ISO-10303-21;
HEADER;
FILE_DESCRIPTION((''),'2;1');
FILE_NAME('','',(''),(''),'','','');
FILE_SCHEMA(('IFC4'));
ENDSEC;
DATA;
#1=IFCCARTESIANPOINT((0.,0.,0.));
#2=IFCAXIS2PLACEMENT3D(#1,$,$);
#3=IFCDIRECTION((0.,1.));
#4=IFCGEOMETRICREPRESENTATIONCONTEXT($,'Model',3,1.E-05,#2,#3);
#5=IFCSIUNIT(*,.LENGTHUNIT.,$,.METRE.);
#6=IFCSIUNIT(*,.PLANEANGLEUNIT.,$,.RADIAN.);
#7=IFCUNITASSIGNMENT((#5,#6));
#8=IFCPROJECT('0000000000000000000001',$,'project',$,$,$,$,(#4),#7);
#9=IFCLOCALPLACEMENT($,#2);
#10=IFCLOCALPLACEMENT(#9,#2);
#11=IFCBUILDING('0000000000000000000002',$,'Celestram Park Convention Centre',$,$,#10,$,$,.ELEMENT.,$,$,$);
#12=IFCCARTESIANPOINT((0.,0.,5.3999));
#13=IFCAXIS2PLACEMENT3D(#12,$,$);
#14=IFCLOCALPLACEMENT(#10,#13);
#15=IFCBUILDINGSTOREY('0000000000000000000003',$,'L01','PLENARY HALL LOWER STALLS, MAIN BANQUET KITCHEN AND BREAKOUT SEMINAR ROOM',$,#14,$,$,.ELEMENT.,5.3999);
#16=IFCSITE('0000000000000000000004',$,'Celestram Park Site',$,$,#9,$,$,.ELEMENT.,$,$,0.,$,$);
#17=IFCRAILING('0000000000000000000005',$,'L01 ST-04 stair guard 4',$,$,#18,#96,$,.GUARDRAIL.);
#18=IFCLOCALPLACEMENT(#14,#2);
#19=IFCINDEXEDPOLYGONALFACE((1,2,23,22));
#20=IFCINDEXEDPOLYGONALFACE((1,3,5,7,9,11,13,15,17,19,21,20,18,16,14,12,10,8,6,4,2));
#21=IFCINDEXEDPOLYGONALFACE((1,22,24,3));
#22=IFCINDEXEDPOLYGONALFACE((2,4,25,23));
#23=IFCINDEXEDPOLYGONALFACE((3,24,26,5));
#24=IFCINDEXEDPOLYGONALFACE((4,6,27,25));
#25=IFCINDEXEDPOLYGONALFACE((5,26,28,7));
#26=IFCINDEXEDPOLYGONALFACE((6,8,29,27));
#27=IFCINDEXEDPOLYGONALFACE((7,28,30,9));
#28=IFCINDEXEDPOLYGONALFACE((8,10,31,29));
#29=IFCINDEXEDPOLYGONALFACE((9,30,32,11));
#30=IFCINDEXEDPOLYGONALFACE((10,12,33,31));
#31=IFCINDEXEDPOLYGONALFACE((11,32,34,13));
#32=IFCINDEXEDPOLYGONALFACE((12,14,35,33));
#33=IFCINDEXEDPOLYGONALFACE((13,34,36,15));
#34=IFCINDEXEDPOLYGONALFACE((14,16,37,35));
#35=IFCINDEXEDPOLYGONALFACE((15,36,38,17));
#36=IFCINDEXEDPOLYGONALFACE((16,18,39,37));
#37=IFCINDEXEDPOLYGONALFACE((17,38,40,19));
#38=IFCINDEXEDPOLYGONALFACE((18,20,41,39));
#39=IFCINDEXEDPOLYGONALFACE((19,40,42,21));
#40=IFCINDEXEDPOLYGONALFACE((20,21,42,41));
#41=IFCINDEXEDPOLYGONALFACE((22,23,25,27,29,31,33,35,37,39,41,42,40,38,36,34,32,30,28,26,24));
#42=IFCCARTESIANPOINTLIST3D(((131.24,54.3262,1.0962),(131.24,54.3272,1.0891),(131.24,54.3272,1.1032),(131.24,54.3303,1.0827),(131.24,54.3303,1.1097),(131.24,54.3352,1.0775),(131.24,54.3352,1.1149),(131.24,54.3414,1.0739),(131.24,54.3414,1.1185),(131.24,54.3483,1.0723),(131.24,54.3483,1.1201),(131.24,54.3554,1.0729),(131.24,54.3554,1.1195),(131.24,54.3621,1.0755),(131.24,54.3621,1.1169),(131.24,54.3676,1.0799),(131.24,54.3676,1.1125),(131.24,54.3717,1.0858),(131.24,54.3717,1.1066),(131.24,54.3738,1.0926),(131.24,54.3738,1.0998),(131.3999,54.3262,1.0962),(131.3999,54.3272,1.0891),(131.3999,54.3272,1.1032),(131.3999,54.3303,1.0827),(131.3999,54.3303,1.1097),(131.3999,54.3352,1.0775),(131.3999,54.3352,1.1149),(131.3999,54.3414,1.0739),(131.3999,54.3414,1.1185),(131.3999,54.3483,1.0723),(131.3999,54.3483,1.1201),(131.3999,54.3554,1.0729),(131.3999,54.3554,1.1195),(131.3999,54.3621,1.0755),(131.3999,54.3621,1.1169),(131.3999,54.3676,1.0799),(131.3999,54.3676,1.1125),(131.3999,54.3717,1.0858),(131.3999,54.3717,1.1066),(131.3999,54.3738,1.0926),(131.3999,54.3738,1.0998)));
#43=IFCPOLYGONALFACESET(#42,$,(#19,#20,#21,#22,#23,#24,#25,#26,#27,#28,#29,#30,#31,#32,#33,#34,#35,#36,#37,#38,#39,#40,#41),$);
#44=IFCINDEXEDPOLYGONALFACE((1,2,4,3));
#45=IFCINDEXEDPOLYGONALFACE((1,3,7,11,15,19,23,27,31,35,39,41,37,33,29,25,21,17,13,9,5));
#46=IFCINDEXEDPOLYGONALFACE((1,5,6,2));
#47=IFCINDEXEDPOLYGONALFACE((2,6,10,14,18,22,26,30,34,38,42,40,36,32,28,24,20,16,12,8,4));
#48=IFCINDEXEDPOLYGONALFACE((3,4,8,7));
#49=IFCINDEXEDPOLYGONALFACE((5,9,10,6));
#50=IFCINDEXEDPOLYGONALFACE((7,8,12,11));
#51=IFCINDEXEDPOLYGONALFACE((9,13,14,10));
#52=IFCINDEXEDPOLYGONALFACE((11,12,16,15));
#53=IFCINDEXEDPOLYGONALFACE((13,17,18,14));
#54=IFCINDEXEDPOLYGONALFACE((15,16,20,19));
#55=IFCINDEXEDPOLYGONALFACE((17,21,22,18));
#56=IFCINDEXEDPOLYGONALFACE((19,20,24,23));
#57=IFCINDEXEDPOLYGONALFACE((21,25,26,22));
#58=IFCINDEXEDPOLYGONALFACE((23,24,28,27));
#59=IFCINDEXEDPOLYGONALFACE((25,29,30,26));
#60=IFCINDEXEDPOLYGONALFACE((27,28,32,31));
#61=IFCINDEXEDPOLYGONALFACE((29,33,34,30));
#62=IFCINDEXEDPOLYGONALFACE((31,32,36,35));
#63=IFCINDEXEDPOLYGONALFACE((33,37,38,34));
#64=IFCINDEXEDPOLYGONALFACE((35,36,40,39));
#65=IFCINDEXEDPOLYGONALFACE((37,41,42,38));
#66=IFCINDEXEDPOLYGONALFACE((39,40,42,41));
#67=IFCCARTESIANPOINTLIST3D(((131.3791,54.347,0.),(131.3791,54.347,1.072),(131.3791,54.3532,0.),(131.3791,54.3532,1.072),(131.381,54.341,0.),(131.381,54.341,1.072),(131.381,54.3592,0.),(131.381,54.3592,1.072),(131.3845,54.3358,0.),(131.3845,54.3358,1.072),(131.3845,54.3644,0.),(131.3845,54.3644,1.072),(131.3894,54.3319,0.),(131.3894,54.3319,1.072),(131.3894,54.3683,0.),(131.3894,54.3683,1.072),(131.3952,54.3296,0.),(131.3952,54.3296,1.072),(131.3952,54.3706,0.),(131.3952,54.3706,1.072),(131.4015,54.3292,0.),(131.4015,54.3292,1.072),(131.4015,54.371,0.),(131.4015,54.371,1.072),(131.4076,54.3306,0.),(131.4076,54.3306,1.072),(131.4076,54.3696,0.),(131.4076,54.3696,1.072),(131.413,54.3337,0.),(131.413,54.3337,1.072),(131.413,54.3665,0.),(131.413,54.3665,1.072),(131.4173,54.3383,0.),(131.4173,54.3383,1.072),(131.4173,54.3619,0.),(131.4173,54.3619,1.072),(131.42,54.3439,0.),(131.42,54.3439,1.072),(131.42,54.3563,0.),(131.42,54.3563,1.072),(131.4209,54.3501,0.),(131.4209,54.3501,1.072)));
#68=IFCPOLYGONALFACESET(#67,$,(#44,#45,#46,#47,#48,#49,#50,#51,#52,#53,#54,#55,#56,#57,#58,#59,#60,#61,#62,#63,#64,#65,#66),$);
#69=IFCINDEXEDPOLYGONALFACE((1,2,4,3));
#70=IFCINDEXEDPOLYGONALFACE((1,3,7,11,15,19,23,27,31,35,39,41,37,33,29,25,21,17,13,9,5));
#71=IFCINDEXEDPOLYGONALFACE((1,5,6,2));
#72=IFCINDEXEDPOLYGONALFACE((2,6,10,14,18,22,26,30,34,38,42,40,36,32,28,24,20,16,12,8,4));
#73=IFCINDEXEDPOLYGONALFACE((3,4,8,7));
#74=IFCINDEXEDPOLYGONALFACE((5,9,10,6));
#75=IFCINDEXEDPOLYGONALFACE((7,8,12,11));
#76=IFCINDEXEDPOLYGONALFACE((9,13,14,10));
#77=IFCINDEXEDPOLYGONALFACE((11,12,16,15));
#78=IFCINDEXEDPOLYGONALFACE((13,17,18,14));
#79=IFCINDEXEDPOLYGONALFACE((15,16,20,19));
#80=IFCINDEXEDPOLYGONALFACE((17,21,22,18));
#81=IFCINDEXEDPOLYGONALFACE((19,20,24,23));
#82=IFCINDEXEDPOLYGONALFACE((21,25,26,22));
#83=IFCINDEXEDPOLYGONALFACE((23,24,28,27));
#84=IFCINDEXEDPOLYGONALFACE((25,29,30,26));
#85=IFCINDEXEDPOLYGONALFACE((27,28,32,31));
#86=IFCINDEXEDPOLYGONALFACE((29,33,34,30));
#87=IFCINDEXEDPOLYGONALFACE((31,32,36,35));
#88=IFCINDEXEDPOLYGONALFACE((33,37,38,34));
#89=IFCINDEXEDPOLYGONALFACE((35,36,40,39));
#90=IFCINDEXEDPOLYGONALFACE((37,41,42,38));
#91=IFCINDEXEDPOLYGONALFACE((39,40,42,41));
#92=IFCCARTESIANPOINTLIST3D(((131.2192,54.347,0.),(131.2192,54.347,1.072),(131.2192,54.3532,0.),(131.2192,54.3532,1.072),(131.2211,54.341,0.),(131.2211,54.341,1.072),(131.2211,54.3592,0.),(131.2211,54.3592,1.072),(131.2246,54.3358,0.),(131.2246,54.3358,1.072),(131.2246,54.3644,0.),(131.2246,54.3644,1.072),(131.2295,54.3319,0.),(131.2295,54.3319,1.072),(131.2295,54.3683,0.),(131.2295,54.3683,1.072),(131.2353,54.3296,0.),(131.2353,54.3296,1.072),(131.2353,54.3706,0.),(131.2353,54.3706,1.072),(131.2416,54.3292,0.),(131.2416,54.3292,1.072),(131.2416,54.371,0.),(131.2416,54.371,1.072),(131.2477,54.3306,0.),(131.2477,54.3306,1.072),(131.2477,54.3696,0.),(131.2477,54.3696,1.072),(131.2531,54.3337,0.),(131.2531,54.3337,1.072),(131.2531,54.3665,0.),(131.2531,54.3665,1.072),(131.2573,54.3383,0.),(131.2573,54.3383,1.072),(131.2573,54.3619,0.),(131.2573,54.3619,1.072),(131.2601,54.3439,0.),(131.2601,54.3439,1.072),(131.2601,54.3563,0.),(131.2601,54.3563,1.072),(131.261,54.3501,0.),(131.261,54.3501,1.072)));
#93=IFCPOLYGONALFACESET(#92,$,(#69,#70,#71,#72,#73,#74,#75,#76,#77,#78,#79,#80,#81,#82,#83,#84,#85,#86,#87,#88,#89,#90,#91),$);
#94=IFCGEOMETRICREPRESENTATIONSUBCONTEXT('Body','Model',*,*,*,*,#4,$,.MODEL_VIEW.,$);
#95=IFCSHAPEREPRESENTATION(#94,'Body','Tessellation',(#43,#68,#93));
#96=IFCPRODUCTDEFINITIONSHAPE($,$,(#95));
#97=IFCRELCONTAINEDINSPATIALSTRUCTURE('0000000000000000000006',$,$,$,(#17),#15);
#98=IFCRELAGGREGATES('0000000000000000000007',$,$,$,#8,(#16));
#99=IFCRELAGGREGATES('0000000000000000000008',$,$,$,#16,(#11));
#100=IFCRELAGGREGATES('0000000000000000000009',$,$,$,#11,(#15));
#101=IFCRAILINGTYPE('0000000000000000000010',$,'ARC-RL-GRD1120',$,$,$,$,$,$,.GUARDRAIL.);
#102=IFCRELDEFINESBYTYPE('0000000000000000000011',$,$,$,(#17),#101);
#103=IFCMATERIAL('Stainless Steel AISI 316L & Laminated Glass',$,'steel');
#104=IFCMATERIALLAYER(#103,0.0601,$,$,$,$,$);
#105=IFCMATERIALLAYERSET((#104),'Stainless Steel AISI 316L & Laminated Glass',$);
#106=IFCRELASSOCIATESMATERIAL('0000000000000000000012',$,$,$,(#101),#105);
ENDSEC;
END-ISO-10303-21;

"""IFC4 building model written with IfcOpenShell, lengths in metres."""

from ifc_helpers import new_model, si_unit, direction, frame, origin, origin_2d, place, context, subcontext, project, spatial, circle, extrude, material, layer, layer_set, type_object, element, save


model = new_model("IFC4")

# Units and contexts
model_context = context("Model", 3, precision=1e-05, world=origin(), true_north=direction((0.0, 1.0)))
body_context = subcontext(model_context, "Body", "Model", "MODEL_VIEW")
ifc_project = project(units=[si_unit("LENGTHUNIT", "METRE"), si_unit("PLANEANGLEUNIT", "RADIAN")], contexts=[model_context])

# Site, building, storey
site_placement = place(None, origin())
site = spatial("IfcSite", under=ifc_project, at=site_placement, Name="Celestram Park Site", CompositionType="ELEMENT", RefElevation=0.0)
building_placement = place(site_placement, origin())
building = spatial("IfcBuilding", under=site, at=building_placement, Name="Celestram Park Convention Centre", CompositionType="ELEMENT")
storey_placement = place(building_placement, frame((0.0, 0.0, 5.3999)))
storey = spatial("IfcBuildingStorey", under=building, at=storey_placement, Name="L01", Description="PLENARY HALL LOWER STALLS, MAIN BANQUET KITCHEN AND BREAKOUT SEMINAR ROOM", CompositionType="ELEMENT", Elevation=5.3999)

# Railing
ifc_material_1 = material(Name="Stainless Steel AISI 316L & Laminated Glass", Category="steel")
ifc_layer_1 = layer(ifc_material_1, 0.0601)
ifc_layer_set_1 = layer_set([ifc_layer_1], Name="Stainless Steel AISI 316L & Laminated Glass")
railing_type_1 = type_object("IfcRailingType", Name="ARC-RL-GRD1120", PredefinedType="GUARDRAIL", material=ifc_layer_set_1)
railing_1_placement = place(storey_placement, frame((131.3999, 54.3501, 0.0)))
element("IfcRailing", 1, at=railing_1_placement, inside=storey, type_object=railing_type_1, Name="L01 ST-04 stair guard 4", PredefinedType="GUARDRAIL", context=body_context, shape_type="SweptSolid", body=[
    extrude(circle(Radius=0.0239, at=origin_2d()), frame((0.0, 0.0, 1.0962), z_axis=(-1.0, 0.0, 0.0), x_axis=(0.0, -1.0, 0.0)), (0.0, 0.0, 1.0), 0.1599),
    extrude(circle(Radius=0.021, at=origin_2d()), origin(), (0.0, 0.0, 1.0), 1.072),
    extrude(circle(Radius=0.021, at=origin_2d()), frame((-0.1599, 0.0, 0.0)), (0.0, 0.0, 1.0), 1.072),
])

save(model, "model.ifc")
